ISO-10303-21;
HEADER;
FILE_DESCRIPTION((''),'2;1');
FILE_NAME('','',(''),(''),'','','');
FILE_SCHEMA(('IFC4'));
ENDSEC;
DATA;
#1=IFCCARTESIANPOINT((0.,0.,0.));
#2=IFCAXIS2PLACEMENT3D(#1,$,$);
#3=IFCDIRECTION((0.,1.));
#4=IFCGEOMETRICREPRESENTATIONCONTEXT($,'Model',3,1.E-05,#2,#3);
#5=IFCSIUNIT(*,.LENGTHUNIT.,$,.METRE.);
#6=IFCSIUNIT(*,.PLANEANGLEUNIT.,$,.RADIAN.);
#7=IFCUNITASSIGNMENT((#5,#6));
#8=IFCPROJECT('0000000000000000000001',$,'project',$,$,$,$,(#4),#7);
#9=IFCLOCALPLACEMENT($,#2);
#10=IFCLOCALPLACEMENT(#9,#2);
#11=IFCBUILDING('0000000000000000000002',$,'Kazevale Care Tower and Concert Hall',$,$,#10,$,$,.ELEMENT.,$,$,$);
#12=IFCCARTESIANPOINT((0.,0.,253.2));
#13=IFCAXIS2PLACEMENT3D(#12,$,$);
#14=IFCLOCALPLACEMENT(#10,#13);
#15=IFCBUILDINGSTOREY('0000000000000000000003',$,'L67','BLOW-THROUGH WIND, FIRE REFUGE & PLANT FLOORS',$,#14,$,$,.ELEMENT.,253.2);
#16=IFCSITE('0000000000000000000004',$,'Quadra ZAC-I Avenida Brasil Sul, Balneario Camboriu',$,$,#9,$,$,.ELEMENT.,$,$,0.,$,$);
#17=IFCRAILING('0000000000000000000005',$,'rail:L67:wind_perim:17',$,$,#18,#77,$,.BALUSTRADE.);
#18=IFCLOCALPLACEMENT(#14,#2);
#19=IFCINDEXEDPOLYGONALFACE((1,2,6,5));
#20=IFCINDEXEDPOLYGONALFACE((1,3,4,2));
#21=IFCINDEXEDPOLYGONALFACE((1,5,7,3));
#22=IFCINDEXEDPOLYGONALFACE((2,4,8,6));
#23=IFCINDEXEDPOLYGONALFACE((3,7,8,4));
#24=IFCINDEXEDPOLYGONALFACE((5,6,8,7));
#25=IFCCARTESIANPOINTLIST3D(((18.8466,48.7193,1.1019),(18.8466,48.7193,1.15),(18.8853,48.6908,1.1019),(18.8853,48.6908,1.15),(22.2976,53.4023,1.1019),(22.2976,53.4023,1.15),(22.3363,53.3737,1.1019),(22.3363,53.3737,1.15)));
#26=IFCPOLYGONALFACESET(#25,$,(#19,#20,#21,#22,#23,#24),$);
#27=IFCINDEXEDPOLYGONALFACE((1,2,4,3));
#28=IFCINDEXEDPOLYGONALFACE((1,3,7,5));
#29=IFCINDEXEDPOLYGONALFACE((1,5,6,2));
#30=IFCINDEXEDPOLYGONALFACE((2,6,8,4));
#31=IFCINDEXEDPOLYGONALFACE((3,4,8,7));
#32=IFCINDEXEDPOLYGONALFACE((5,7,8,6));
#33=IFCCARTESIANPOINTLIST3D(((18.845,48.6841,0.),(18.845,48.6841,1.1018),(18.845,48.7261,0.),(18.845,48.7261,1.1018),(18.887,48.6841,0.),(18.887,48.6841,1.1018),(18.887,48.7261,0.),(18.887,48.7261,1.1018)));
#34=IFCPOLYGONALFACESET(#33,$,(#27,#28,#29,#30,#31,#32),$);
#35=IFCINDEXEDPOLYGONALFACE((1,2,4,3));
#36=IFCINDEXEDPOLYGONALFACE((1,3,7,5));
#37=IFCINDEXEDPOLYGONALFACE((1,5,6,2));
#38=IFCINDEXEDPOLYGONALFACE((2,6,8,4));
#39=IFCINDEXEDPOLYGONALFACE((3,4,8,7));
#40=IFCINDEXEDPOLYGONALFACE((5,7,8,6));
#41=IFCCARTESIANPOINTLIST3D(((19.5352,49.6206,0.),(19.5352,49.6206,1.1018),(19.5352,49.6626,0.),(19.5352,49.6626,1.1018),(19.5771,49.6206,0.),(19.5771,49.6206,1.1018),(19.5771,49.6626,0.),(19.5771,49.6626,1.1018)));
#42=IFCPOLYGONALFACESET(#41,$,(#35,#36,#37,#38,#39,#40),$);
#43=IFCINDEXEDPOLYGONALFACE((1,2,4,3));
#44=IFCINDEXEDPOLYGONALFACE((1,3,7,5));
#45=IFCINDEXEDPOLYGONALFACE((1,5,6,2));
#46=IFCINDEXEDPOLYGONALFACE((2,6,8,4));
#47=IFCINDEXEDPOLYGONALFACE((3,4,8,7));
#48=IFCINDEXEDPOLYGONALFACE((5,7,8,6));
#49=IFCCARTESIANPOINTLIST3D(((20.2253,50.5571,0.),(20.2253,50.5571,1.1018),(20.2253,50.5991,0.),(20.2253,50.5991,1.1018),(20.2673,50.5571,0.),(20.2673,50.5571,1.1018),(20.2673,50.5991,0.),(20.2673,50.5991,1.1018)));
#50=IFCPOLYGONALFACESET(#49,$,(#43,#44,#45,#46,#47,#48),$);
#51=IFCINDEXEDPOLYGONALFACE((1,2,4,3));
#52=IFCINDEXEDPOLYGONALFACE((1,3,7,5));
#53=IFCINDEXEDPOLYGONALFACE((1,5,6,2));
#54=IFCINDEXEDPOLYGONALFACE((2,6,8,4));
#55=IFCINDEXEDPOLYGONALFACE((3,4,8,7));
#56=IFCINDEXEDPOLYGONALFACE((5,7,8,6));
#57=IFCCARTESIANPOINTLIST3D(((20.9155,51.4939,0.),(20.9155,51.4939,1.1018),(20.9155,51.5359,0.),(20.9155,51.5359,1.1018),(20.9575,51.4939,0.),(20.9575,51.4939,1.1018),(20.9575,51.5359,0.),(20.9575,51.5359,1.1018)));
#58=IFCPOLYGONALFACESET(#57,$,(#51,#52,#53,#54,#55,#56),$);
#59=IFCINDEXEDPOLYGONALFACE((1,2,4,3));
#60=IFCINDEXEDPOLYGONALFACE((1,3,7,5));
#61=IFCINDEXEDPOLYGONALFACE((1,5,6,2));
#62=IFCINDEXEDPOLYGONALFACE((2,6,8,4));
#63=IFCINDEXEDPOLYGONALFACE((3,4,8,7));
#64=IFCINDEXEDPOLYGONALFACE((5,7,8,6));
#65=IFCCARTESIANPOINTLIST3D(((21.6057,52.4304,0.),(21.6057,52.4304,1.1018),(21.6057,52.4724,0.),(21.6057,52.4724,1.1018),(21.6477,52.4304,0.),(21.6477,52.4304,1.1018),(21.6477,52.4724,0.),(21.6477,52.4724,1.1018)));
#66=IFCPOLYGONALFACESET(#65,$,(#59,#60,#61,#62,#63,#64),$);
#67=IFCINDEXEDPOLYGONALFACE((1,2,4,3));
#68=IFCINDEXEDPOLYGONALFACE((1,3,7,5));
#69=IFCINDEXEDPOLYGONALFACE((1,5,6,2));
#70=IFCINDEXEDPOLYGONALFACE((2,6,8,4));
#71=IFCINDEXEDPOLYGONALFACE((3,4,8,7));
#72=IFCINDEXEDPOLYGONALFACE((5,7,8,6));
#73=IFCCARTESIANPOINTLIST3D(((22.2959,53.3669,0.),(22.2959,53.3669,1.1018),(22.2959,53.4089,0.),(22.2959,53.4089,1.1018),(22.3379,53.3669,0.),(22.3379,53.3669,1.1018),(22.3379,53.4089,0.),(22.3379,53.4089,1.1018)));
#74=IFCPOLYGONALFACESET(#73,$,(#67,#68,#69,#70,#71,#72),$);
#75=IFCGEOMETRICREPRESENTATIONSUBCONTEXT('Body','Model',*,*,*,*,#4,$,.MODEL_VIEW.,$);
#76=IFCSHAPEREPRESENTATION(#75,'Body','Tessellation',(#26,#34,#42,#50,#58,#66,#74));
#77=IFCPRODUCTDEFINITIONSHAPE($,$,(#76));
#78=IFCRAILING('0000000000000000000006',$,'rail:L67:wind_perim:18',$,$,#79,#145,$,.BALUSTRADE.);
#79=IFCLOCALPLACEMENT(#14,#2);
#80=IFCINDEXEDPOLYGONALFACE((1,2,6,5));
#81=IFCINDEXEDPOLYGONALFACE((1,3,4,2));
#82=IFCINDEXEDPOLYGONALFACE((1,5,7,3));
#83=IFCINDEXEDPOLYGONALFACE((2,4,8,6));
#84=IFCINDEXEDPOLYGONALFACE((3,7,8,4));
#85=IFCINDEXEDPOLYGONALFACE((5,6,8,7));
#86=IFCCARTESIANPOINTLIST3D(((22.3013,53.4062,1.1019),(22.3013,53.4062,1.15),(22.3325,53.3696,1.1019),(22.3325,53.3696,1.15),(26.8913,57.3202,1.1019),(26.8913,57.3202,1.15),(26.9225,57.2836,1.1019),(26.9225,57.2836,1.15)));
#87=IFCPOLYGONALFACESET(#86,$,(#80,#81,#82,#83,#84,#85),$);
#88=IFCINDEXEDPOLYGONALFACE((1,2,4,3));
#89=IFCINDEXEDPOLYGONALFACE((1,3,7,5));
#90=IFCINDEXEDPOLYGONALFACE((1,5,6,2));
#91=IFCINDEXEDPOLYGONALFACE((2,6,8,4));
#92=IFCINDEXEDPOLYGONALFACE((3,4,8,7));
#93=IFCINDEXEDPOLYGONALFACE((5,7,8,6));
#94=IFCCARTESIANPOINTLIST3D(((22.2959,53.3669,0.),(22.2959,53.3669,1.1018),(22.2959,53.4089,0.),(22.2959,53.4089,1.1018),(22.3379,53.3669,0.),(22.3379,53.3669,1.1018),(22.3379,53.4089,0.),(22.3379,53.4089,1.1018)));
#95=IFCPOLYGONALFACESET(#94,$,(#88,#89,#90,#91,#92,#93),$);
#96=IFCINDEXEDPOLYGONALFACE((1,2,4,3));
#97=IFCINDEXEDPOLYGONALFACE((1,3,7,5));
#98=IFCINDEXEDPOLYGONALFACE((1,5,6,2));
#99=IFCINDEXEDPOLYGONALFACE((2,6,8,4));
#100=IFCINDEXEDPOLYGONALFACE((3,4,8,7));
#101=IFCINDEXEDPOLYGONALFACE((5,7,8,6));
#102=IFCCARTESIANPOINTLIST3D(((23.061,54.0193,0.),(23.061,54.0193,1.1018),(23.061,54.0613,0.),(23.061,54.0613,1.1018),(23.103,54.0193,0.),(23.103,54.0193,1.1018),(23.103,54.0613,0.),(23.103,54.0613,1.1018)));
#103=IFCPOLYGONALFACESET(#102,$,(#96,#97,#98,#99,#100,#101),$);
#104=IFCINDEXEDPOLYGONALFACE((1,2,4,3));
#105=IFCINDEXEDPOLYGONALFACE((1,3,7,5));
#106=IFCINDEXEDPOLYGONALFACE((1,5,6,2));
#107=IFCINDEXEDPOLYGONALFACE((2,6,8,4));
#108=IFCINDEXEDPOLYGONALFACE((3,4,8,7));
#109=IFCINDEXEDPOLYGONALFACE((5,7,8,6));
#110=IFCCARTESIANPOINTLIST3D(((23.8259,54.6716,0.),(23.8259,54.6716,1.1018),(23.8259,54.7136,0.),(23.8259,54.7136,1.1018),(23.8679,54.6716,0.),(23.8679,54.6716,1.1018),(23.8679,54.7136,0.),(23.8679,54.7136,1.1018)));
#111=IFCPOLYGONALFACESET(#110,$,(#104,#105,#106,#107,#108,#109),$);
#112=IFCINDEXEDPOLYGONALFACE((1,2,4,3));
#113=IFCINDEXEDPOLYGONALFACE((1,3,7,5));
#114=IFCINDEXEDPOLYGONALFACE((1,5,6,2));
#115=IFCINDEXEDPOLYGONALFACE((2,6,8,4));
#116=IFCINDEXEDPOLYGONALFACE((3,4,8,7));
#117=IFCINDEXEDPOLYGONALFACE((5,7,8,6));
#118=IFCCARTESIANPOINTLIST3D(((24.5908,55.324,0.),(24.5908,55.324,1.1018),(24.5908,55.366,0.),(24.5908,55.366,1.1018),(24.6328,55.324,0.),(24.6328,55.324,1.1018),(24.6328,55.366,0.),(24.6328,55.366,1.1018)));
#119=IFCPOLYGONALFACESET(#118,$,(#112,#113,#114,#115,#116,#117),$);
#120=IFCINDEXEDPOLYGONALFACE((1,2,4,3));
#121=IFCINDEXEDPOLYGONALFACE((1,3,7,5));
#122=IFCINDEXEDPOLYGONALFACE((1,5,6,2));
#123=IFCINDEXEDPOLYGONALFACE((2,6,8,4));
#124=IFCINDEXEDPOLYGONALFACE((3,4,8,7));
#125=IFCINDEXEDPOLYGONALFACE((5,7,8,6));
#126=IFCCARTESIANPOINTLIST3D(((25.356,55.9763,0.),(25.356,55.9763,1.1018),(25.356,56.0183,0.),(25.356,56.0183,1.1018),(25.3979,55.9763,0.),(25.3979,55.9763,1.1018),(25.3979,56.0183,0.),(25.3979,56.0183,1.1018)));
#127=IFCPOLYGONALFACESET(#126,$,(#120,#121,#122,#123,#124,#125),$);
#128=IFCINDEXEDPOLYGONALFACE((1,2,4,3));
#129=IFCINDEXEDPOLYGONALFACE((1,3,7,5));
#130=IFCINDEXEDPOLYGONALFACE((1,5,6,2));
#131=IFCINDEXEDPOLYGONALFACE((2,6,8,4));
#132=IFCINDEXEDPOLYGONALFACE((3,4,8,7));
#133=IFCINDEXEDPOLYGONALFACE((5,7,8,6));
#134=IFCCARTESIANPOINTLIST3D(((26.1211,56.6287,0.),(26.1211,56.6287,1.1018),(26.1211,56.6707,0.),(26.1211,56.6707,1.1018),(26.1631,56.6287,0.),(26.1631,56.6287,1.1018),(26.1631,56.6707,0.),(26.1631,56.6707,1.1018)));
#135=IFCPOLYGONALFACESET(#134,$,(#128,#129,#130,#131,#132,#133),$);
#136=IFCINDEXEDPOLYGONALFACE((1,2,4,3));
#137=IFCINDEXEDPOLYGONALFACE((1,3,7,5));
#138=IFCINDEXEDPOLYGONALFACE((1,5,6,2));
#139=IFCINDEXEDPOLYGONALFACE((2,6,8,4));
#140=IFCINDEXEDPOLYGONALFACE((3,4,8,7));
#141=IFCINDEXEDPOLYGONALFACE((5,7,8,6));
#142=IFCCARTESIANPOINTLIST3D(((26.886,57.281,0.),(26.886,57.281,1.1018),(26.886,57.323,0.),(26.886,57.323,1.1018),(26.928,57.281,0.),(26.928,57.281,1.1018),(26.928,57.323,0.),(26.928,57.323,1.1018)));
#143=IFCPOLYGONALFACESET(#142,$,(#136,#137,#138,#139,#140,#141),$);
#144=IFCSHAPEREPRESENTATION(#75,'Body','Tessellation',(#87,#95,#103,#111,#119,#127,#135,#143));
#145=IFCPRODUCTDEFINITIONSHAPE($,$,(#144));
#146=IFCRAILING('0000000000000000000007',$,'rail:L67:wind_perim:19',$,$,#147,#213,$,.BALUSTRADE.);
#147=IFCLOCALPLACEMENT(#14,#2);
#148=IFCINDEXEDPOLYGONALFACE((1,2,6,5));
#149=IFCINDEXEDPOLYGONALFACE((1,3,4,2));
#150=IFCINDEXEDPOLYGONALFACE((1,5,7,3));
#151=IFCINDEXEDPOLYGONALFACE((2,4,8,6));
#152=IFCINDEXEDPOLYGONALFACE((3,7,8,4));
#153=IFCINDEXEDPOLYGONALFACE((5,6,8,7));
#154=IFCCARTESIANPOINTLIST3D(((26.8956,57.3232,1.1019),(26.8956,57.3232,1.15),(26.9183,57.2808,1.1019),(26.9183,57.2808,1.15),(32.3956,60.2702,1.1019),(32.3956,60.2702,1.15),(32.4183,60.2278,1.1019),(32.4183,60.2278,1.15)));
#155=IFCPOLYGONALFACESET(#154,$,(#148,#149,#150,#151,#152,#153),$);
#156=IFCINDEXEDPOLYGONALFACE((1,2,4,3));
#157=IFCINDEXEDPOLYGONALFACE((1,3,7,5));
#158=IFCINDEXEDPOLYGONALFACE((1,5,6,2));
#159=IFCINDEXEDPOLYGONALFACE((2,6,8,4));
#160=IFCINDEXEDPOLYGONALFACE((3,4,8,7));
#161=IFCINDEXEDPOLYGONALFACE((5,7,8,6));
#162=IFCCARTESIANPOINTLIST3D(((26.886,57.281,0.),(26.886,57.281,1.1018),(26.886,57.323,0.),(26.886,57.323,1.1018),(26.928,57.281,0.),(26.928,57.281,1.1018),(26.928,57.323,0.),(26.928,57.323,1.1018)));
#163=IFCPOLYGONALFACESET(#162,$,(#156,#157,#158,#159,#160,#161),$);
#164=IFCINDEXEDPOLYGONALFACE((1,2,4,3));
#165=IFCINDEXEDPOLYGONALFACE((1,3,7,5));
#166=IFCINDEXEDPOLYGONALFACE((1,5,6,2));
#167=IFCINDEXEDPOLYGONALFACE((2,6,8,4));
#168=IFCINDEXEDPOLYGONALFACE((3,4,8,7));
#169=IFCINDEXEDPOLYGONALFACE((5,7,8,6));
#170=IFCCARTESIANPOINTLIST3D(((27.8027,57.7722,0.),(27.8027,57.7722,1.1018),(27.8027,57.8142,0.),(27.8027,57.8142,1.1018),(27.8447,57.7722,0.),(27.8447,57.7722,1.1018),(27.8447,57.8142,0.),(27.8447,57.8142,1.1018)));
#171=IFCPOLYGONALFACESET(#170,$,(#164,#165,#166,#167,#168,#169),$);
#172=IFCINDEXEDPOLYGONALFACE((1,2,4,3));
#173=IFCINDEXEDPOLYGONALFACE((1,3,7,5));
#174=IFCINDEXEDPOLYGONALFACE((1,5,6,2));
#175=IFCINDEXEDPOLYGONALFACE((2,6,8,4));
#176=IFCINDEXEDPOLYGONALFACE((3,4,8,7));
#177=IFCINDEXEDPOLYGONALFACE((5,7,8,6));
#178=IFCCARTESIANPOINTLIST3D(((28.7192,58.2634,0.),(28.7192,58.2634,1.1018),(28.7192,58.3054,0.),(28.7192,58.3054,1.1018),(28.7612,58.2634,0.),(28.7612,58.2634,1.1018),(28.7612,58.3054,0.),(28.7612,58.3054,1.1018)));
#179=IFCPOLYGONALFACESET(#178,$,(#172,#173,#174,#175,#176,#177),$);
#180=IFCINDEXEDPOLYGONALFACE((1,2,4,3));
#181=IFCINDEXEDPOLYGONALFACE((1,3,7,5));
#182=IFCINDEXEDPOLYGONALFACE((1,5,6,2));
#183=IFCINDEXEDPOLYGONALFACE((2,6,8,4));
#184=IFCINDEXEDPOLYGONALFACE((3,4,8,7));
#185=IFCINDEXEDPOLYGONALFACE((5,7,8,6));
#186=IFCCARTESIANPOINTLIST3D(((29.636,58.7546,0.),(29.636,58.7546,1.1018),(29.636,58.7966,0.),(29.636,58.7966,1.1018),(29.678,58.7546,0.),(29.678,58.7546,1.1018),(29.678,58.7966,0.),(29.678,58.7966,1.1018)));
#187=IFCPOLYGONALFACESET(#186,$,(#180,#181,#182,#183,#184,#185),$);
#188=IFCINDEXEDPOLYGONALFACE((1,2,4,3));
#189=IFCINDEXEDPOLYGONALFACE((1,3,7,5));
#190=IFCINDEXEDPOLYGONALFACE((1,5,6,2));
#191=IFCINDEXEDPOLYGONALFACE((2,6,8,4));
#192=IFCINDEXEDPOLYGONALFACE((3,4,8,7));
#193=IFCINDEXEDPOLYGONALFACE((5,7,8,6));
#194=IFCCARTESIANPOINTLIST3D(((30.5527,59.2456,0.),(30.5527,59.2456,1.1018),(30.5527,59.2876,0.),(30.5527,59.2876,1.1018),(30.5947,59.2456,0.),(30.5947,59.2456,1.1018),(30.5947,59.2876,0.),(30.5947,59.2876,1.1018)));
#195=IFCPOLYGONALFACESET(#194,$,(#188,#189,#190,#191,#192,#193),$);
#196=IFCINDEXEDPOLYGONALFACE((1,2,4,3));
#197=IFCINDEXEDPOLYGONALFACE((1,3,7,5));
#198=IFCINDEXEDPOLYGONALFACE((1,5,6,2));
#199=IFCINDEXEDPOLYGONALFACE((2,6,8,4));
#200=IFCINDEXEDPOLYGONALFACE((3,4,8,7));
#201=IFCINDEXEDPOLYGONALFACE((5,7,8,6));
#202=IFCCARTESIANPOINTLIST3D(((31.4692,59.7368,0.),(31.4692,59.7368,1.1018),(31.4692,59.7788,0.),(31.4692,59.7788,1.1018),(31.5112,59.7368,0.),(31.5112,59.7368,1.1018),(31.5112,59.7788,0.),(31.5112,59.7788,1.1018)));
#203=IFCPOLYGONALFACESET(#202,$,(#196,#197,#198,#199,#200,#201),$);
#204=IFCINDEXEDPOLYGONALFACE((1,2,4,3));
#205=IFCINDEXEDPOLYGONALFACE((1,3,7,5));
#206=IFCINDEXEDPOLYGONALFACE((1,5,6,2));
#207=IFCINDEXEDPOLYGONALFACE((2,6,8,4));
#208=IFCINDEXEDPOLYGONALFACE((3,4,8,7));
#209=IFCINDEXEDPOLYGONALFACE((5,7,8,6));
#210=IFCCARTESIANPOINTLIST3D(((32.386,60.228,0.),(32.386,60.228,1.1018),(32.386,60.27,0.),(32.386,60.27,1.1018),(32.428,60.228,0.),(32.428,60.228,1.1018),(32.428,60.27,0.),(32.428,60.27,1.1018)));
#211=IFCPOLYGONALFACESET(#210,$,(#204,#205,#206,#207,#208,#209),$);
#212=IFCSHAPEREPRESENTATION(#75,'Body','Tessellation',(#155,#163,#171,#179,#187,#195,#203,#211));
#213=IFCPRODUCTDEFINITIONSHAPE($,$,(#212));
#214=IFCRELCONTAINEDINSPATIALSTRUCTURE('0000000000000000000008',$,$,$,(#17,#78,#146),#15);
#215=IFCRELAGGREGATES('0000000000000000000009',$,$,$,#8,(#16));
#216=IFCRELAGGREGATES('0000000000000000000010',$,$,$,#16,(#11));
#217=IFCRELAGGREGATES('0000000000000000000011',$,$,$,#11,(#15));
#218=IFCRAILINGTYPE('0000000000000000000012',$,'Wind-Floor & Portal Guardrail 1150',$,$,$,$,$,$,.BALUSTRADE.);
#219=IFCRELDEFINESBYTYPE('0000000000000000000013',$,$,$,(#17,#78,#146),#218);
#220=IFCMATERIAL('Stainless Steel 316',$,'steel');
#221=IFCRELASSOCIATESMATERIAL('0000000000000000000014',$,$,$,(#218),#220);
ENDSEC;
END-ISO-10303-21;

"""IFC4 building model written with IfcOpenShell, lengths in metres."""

from ifc_helpers import new_model, si_unit, direction, frame, origin, origin_2d, place, context, subcontext, project, spatial, rectangle, extrude, material, type_object, element, save


model = new_model("IFC4")

# Units and contexts
model_context = context("Model", 3, precision=1e-05, world=origin(), true_north=direction((0.0, 1.0)))
body_context = subcontext(model_context, "Body", "Model", "MODEL_VIEW")
ifc_project = project(units=[si_unit("LENGTHUNIT", "METRE"), si_unit("PLANEANGLEUNIT", "RADIAN")], contexts=[model_context])

# Site, building, storey
site_placement = place(None, origin())
site = spatial("IfcSite", under=ifc_project, at=site_placement, Name="Quadra ZAC-I Avenida Brasil Sul, Balneario Camboriu", CompositionType="ELEMENT", RefElevation=0.0)
building_placement = place(site_placement, origin())
building = spatial("IfcBuilding", under=site, at=building_placement, Name="Kazevale Care Tower and Concert Hall", CompositionType="ELEMENT")
storey_placement = place(building_placement, frame((0.0, 0.0, 253.2)))
storey = spatial("IfcBuildingStorey", under=building, at=storey_placement, Name="L67", Description="BLOW-THROUGH WIND, FIRE REFUGE & PLANT FLOORS", CompositionType="ELEMENT", Elevation=253.2)

# Railings
ifc_material_1 = material(Name="Stainless Steel 316", Category="steel")
railing_type = type_object("IfcRailingType", Name="Wind-Floor & Portal Guardrail 1150", PredefinedType="BALUSTRADE", material=ifc_material_1)
railing_1_placement = place(storey_placement, frame((18.866, 48.7051, 0.0)))
element("IfcRailing", 1, at=railing_1_placement, inside=storey, type_object=railing_type, Name="rail:L67:wind_perim:17", PredefinedType="BALUSTRADE", context=body_context, shape_type="SweptSolid", body=[
    extrude(rectangle(XDim=0.0481, YDim=0.0481, at=origin_2d()), frame((0.0, 0.0, 1.126), z_axis=(0.593243, 0.805023, 0.0), x_axis=(-0.805023, 0.593243, 0.0)), (0.0, 0.0, 1.0), 5.8171),
    extrude(rectangle(XDim=0.042, YDim=0.042, at=origin_2d()), origin(), (0.0, 0.0, 1.0), 1.1018),
    extrude(rectangle(XDim=0.042, YDim=0.042, at=origin_2d()), frame((0.6902, 0.9365, 0.0)), (0.0, 0.0, 1.0), 1.1018),
    extrude(rectangle(XDim=0.042, YDim=0.042, at=origin_2d()), frame((1.3804, 1.873, 0.0)), (0.0, 0.0, 1.0), 1.1018),
    extrude(rectangle(XDim=0.042, YDim=0.042, at=origin_2d()), frame((2.0706, 2.8098, 0.0)), (0.0, 0.0, 1.0), 1.1018),
    extrude(rectangle(XDim=0.042, YDim=0.042, at=origin_2d()), frame((2.7607, 3.7463, 0.0)), (0.0, 0.0, 1.0), 1.1018),
    extrude(rectangle(XDim=0.042, YDim=0.042, at=origin_2d()), frame((3.4509, 4.6829, 0.0)), (0.0, 0.0, 1.0), 1.1018),
])
railing_2_placement = place(storey_placement, frame((22.3169, 53.3879, 0.0)))
element("IfcRailing", 2, at=railing_2_placement, inside=storey, type_object=railing_type, Name="rail:L67:wind_perim:18", PredefinedType="BALUSTRADE", context=body_context, shape_type="SweptSolid", body=[
    extrude(rectangle(XDim=0.0481, YDim=0.0481, at=origin_2d()), frame((0.0, 0.0, 1.126), z_axis=(0.760917, 0.648849, 0.0), x_axis=(-0.648849, 0.760917, 0.0)), (0.0, 0.0, 1.0), 6.0322),
    extrude(rectangle(XDim=0.042, YDim=0.042, at=origin_2d()), origin(), (0.0, 0.0, 1.0), 1.1018),
    extrude(rectangle(XDim=0.042, YDim=0.042, at=origin_2d()), frame((0.7651, 0.6523, 0.0)), (0.0, 0.0, 1.0), 1.1018),
    extrude(rectangle(XDim=0.042, YDim=0.042, at=origin_2d()), frame((1.53, 1.3047, 0.0)), (0.0, 0.0, 1.0), 1.1018),
    extrude(rectangle(XDim=0.042, YDim=0.042, at=origin_2d()), frame((2.2949, 1.957, 0.0)), (0.0, 0.0, 1.0), 1.1018),
    extrude(rectangle(XDim=0.042, YDim=0.042, at=origin_2d()), frame((3.0601, 2.6094, 0.0)), (0.0, 0.0, 1.0), 1.1018),
    extrude(rectangle(XDim=0.042, YDim=0.042, at=origin_2d()), frame((3.8252, 3.2617, 0.0)), (0.0, 0.0, 1.0), 1.1018),
    extrude(rectangle(XDim=0.042, YDim=0.042, at=origin_2d()), frame((4.5901, 3.9141, 0.0)), (0.0, 0.0, 1.0), 1.1018),
])
railing_3_placement = place(storey_placement, frame((26.907, 57.302, 0.0)))
element("IfcRailing", 3, at=railing_3_placement, inside=storey, type_object=railing_type, Name="rail:L67:wind_perim:19", PredefinedType="BALUSTRADE", context=body_context, shape_type="SweptSolid", body=[
    extrude(rectangle(XDim=0.0481, YDim=0.0481, at=origin_2d()), frame((0.0, 0.0, 1.126), z_axis=(0.88144, 0.472295, 0.0), x_axis=(-0.472295, 0.88144, 0.0)), (0.0, 0.0, 1.0), 6.2397),
    extrude(rectangle(XDim=0.042, YDim=0.042, at=origin_2d()), origin(), (0.0, 0.0, 1.0), 1.1018),
    extrude(rectangle(XDim=0.042, YDim=0.042, at=origin_2d()), frame((0.9167, 0.4912, 0.0)), (0.0, 0.0, 1.0), 1.1018),
    extrude(rectangle(XDim=0.042, YDim=0.042, at=origin_2d()), frame((1.8333, 0.9824, 0.0)), (0.0, 0.0, 1.0), 1.1018),
    extrude(rectangle(XDim=0.042, YDim=0.042, at=origin_2d()), frame((2.75, 1.4736, 0.0)), (0.0, 0.0, 1.0), 1.1018),
    extrude(rectangle(XDim=0.042, YDim=0.042, at=origin_2d()), frame((3.6667, 1.9646, 0.0)), (0.0, 0.0, 1.0), 1.1018),
    extrude(rectangle(XDim=0.042, YDim=0.042, at=origin_2d()), frame((4.5833, 2.4558, 0.0)), (0.0, 0.0, 1.0), 1.1018),
    extrude(rectangle(XDim=0.042, YDim=0.042, at=origin_2d()), frame((5.5, 2.947, 0.0)), (0.0, 0.0, 1.0), 1.1018),
])

save(model, "model.ifc")
